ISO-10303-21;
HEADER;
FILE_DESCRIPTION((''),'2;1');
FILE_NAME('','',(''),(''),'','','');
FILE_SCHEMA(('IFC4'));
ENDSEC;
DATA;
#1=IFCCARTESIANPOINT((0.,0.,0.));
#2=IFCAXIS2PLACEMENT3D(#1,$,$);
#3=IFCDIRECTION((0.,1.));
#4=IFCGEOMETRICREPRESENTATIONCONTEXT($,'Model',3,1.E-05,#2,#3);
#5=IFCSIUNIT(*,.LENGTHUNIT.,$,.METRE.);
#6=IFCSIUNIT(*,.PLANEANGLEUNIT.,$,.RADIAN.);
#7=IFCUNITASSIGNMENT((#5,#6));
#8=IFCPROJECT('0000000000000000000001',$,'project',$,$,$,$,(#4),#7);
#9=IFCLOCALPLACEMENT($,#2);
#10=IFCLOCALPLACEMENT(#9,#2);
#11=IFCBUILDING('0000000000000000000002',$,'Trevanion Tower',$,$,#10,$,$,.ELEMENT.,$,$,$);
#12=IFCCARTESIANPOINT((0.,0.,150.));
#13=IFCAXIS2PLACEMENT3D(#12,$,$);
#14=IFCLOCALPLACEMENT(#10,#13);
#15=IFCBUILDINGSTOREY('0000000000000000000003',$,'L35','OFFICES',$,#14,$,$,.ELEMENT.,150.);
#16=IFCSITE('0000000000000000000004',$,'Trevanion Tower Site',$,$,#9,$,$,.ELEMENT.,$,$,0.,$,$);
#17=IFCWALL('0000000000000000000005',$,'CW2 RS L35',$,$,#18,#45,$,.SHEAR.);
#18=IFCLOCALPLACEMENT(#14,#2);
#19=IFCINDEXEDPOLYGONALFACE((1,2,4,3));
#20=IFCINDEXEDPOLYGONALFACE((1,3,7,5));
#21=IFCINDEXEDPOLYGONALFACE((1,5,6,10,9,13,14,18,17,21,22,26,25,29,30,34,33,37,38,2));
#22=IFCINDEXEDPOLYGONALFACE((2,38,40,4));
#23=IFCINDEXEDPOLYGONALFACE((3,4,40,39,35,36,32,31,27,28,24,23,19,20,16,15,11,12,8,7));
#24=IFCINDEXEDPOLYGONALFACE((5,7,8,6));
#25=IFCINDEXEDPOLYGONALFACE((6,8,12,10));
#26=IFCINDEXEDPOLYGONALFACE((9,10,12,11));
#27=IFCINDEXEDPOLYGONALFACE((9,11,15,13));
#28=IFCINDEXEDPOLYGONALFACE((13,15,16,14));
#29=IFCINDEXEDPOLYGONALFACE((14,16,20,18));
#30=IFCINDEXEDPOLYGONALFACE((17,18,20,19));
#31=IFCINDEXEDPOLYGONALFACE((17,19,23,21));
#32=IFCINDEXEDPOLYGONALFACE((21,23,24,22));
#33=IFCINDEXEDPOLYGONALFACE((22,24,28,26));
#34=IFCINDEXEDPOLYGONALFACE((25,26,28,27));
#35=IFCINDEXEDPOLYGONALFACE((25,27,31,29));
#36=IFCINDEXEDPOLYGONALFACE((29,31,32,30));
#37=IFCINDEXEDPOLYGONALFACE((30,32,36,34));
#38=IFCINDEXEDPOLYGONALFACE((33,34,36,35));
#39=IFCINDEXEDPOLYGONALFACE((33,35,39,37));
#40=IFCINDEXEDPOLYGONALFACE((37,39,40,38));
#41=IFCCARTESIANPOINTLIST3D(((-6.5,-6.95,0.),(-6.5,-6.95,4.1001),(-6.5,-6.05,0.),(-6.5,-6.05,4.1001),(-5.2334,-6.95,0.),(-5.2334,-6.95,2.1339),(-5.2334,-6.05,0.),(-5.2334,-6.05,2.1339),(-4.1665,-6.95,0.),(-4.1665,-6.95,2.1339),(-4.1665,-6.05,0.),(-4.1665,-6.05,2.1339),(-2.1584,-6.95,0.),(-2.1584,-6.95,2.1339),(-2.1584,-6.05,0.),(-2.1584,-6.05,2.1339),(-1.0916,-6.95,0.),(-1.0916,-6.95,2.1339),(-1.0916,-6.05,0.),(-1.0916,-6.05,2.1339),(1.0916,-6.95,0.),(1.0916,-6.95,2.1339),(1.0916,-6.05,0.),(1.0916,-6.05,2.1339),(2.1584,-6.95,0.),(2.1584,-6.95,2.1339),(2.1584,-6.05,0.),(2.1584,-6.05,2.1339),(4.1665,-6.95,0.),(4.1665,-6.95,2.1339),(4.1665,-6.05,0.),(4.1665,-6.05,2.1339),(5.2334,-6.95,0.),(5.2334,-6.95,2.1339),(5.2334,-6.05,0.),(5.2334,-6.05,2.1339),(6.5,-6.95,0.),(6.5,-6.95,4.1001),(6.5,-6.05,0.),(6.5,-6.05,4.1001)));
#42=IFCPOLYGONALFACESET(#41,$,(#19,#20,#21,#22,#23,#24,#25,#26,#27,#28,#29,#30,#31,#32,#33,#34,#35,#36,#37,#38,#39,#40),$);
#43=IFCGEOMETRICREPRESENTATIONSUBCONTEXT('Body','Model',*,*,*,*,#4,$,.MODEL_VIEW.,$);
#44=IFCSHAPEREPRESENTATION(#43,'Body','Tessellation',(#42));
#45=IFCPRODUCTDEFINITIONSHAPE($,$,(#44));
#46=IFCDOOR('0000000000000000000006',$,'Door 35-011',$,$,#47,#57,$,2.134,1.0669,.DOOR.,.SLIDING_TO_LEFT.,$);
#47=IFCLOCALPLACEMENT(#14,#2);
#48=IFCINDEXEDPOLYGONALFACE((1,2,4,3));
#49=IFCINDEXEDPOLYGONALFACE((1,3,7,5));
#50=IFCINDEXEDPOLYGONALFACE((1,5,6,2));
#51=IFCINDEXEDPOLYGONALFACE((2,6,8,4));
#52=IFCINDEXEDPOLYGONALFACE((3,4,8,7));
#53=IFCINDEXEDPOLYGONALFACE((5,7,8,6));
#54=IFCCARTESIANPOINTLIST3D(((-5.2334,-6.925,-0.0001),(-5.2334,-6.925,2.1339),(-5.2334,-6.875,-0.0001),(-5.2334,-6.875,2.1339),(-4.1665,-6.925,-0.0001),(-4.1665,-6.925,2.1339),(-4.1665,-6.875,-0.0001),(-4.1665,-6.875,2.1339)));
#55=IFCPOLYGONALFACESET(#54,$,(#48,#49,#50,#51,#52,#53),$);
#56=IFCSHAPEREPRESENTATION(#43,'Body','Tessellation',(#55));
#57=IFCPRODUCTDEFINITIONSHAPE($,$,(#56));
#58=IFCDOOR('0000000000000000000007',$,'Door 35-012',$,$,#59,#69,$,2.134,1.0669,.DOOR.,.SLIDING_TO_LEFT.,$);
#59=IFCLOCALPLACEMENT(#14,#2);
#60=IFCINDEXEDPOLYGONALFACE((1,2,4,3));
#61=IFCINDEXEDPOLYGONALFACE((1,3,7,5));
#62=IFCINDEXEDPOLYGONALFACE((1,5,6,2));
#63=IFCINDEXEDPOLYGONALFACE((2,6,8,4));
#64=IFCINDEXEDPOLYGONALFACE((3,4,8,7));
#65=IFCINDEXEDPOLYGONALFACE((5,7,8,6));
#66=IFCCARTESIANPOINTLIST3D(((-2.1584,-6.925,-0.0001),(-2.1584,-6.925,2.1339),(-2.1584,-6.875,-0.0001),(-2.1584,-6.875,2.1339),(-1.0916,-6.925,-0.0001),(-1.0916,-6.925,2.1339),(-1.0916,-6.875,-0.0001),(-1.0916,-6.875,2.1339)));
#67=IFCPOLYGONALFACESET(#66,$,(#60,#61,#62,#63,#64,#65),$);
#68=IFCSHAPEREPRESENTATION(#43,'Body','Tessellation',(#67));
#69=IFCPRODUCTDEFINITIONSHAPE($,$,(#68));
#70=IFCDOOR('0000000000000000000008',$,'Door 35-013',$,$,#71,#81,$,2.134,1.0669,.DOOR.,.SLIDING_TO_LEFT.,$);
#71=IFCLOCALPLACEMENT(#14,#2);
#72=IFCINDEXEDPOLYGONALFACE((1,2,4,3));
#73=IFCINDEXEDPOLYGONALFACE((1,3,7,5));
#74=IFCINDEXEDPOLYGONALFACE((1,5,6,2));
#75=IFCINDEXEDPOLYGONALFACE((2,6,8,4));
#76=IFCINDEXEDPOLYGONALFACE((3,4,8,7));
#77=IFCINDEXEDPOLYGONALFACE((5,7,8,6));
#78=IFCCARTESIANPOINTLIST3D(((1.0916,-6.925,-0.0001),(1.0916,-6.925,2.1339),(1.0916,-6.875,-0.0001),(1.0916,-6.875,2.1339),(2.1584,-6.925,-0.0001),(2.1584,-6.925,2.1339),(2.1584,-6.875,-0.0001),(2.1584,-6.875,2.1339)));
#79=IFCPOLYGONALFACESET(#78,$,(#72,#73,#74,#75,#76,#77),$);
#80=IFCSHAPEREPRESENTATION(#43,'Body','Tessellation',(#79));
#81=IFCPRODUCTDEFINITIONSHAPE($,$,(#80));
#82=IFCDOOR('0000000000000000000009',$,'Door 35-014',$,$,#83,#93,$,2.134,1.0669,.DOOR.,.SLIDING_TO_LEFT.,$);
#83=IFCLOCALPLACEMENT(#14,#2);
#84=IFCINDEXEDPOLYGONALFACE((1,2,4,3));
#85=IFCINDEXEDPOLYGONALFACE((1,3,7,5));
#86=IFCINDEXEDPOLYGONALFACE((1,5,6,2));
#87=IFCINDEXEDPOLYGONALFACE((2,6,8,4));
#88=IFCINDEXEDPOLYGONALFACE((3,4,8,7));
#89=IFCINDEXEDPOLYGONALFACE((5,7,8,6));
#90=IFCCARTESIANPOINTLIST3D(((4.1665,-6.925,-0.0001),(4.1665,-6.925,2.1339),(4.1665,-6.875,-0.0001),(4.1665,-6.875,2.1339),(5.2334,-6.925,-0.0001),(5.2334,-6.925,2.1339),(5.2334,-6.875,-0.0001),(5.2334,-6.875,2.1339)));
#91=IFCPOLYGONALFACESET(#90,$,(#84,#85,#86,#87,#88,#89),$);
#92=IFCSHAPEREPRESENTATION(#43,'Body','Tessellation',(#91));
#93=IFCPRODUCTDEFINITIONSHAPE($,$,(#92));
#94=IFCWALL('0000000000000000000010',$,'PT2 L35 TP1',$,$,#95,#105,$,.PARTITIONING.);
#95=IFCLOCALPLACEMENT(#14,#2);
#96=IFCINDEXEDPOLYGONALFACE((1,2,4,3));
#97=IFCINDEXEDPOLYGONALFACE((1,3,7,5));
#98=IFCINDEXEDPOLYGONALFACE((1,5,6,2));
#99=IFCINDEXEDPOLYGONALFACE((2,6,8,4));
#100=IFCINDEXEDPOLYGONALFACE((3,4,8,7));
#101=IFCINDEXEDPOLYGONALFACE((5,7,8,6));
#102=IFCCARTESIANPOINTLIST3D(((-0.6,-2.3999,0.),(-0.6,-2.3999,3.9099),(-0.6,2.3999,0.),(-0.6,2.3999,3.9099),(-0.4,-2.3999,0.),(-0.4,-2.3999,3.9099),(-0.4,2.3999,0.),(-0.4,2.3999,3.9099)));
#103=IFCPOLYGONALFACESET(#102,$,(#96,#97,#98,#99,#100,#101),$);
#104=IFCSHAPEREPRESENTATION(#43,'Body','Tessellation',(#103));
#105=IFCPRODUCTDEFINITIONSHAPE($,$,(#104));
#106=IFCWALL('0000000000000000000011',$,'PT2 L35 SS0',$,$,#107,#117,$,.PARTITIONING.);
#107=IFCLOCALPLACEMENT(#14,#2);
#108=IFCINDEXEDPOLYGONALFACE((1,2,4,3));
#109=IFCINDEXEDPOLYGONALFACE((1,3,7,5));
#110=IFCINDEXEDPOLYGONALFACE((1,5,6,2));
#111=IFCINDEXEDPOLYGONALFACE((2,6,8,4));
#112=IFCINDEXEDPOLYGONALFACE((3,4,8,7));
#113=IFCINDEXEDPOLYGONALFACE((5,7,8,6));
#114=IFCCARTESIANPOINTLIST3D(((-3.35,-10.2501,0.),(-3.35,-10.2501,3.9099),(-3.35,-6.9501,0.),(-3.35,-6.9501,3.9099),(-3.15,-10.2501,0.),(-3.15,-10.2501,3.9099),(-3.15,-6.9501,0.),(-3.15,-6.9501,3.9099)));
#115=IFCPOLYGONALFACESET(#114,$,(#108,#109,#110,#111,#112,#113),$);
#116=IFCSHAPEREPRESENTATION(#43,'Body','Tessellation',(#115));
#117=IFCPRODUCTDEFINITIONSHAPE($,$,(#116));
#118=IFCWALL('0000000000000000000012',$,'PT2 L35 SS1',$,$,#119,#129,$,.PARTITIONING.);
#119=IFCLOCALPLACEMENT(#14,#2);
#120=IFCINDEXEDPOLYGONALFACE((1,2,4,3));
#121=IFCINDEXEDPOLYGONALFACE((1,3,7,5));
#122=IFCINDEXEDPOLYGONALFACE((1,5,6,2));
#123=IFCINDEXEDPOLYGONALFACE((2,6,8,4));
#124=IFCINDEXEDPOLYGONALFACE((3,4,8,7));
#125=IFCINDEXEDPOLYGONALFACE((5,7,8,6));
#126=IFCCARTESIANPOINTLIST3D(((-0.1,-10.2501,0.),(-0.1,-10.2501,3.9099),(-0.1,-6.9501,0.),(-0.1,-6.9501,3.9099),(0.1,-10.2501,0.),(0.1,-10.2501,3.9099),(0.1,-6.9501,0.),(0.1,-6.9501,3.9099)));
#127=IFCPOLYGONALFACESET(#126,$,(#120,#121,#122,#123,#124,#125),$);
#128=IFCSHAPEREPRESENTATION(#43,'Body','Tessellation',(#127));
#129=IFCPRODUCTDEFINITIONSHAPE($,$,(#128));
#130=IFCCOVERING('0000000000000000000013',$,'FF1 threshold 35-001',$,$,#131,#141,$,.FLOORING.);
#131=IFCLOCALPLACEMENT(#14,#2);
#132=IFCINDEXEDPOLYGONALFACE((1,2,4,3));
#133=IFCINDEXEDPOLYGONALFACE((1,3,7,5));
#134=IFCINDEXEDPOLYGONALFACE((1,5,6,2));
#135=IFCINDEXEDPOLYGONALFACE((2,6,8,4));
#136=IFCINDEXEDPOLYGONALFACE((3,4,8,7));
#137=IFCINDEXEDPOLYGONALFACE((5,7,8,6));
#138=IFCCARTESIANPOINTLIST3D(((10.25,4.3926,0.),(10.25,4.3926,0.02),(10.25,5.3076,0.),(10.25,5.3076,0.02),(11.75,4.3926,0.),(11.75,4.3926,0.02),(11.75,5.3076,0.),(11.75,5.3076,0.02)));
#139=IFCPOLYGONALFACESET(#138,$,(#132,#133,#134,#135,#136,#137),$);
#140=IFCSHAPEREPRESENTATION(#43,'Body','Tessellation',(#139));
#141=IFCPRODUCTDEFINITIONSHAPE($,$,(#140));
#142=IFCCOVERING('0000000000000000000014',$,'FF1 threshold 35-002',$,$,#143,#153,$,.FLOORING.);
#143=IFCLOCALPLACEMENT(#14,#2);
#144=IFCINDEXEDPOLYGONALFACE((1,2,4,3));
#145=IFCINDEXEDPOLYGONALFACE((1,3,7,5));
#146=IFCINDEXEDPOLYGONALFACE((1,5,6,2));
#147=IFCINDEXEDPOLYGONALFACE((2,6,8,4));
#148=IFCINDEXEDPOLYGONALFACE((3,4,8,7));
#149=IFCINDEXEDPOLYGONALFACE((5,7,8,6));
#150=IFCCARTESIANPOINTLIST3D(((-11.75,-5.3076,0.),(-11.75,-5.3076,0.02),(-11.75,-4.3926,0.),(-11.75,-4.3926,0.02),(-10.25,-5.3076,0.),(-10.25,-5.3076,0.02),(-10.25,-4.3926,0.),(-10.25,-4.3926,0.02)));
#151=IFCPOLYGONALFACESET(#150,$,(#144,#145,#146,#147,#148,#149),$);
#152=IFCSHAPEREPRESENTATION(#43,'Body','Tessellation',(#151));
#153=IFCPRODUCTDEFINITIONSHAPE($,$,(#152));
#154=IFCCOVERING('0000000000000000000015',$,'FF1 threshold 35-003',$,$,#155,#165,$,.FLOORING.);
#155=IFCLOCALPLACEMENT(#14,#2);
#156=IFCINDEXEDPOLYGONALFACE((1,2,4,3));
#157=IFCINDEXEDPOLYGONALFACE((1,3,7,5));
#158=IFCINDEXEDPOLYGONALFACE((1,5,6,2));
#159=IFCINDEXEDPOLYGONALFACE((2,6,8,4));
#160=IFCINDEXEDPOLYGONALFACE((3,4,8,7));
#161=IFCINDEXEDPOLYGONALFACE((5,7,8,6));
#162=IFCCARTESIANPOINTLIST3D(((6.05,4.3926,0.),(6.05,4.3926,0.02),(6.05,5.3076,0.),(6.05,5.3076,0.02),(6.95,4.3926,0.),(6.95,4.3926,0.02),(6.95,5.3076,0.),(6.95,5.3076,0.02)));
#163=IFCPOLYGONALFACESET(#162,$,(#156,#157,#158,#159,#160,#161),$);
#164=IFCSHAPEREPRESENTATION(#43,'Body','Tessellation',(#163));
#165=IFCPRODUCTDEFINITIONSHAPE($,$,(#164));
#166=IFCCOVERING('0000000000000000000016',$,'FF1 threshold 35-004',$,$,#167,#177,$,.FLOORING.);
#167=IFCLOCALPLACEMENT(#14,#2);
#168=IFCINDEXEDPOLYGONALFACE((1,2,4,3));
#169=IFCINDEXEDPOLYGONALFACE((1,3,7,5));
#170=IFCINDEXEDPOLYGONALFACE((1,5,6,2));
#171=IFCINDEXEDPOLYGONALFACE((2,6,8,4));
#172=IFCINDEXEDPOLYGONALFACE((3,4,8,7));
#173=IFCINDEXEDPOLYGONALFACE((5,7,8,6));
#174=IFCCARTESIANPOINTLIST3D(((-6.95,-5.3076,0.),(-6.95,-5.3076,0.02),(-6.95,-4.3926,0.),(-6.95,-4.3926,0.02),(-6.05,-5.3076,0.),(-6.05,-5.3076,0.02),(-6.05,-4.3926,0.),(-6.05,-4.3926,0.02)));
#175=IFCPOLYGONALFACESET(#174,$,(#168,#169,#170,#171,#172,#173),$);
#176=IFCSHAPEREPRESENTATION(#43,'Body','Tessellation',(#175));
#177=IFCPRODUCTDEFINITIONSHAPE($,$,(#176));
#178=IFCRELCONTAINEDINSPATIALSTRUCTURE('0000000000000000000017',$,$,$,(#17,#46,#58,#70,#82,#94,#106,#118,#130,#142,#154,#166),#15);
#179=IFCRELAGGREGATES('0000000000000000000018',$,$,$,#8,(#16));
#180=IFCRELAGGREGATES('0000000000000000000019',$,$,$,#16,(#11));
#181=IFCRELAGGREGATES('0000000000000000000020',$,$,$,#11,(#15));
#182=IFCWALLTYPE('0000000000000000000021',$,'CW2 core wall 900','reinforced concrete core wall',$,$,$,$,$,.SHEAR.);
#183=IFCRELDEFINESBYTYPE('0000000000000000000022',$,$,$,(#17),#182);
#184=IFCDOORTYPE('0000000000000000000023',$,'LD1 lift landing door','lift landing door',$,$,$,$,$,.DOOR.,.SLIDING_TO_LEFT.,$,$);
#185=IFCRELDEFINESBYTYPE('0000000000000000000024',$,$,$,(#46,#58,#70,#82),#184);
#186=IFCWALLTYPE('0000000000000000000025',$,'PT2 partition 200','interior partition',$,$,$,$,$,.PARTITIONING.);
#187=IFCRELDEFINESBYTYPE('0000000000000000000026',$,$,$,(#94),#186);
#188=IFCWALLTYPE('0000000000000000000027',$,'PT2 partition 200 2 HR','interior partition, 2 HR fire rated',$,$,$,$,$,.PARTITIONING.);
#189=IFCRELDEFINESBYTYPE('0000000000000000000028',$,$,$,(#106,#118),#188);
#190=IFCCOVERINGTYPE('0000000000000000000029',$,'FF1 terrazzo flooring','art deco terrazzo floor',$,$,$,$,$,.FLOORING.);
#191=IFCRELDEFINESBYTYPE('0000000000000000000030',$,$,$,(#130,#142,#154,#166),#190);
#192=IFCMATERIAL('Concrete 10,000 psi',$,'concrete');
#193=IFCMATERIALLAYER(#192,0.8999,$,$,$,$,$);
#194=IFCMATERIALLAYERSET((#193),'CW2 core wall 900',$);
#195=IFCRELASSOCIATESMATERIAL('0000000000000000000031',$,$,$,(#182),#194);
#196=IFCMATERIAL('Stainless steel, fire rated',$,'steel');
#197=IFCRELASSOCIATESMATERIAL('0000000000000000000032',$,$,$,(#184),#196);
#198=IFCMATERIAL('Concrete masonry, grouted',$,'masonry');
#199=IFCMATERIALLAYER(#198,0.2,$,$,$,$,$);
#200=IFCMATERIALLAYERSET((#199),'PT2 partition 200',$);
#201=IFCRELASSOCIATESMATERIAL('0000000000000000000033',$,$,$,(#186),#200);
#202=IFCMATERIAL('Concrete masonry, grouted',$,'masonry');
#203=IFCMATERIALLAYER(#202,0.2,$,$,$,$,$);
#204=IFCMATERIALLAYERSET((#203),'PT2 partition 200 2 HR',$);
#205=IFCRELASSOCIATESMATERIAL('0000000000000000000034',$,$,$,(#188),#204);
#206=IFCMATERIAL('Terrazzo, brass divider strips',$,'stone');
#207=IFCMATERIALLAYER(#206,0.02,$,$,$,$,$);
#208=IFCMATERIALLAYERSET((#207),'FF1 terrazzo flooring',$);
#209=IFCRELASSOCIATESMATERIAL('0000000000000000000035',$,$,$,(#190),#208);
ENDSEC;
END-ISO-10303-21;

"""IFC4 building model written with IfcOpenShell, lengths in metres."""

from ifc_helpers import new_model, si_unit, direction, frame, frame_2d, origin, place, context, subcontext, project, spatial, polyline, rectangle, outline, extrude, material, layer, layer_set, type_object, element, fill, save


model = new_model("IFC4")

# Units and contexts
model_context = context("Model", 3, precision=1e-05, world=origin(), true_north=direction((0.0, 1.0)))
body_context = subcontext(model_context, "Body", "Model", "MODEL_VIEW")
ifc_project = project(units=[si_unit("LENGTHUNIT", "METRE"), si_unit("PLANEANGLEUNIT", "RADIAN")], contexts=[model_context])

# Site, building, storey
site_placement = place(None, origin())
site = spatial("IfcSite", under=ifc_project, at=site_placement, Name="Trevanion Tower Site", CompositionType="ELEMENT", RefElevation=0.0)
building_placement = place(site_placement, origin())
building = spatial("IfcBuilding", under=site, at=building_placement, Name="Trevanion Tower", CompositionType="ELEMENT")
storey_placement = place(building_placement, frame((0.0, 0.0, 150.0)))
storey = spatial("IfcBuildingStorey", under=building, at=storey_placement, Name="L35", Description="OFFICES", CompositionType="ELEMENT", Elevation=150.0)

# Wall, openings, doors
ifc_material_1 = material(Name="Concrete 10,000 psi", Category="concrete")
ifc_layer_1 = layer(ifc_material_1, 0.8999)
ifc_layer_set_1 = layer_set([ifc_layer_1], Name="CW2 core wall 900")
wall_type_1 = type_object("IfcWallType", Name="CW2 core wall 900", Description="reinforced concrete core wall", PredefinedType="SHEAR", material=ifc_layer_set_1)
wall_1_placement = place(storey_placement, frame((-6.5, -6.5, 0.0), z_axis=(0.0, 0.0, 1.0), x_axis=(1.0, 0.0, 0.0)))
wall_1 = element("IfcWall", 1, at=wall_1_placement, inside=storey, type_object=wall_type_1, Name="CW2 RS L35", PredefinedType="SHEAR", context=body_context, shape_type="SweptSolid", body=[
    extrude(rectangle(XDim=13.0, YDim=0.8999, at=frame_2d((6.5, 0.0))), origin(), (0.0, 0.0, 1.0), 4.1001),
])
opening_1_placement = place(wall_1_placement, frame((1.2666, 0.0, 0.0)))
opening_1 = element("IfcOpeningElement", 2, at=opening_1_placement, cuts=wall_1, PredefinedType="OPENING", context=body_context, shape_type="SweptSolid", body=[
    extrude(rectangle(XDim=1.0669, YDim=2.134, at=frame_2d((0.5334, 1.0669))), frame((0.0, 0.46, 0.0), z_axis=(0.0, -1.0, 0.0), x_axis=(1.0, 0.0, 0.0)), (0.0, 0.0, 1.0), 0.9199),
])
opening_2_placement = place(wall_1_placement, frame((4.3416, 0.0, 0.0)))
opening_2 = element("IfcOpeningElement", 3, at=opening_2_placement, cuts=wall_1, PredefinedType="OPENING", context=body_context, shape_type="SweptSolid", body=[
    extrude(rectangle(XDim=1.0669, YDim=2.134, at=frame_2d((0.5334, 1.0669))), frame((0.0, 0.46, 0.0), z_axis=(0.0, -1.0, 0.0), x_axis=(1.0, 0.0, 0.0)), (0.0, 0.0, 1.0), 0.9199),
])
opening_3_placement = place(wall_1_placement, frame((7.5916, 0.0, 0.0)))
opening_3 = element("IfcOpeningElement", 4, at=opening_3_placement, cuts=wall_1, PredefinedType="OPENING", context=body_context, shape_type="SweptSolid", body=[
    extrude(rectangle(XDim=1.0669, YDim=2.134, at=frame_2d((0.5334, 1.0669))), frame((0.0, 0.46, 0.0), z_axis=(0.0, -1.0, 0.0), x_axis=(1.0, 0.0, 0.0)), (0.0, 0.0, 1.0), 0.9199),
])
opening_4_placement = place(wall_1_placement, frame((10.6665, 0.0, 0.0)))
opening_4 = element("IfcOpeningElement", 5, at=opening_4_placement, cuts=wall_1, PredefinedType="OPENING", context=body_context, shape_type="SweptSolid", body=[
    extrude(rectangle(XDim=1.0669, YDim=2.134, at=frame_2d((0.5334, 1.0669))), frame((0.0, 0.46, 0.0), z_axis=(0.0, -1.0, 0.0), x_axis=(1.0, 0.0, 0.0)), (0.0, 0.0, 1.0), 0.9199),
])
ifc_material_2 = material(Name="Stainless steel, fire rated", Category="steel")
door_type = type_object("IfcDoorType", Name="LD1 lift landing door", Description="lift landing door", OperationType="SLIDING_TO_LEFT", PredefinedType="DOOR", material=ifc_material_2)
door_1_placement = place(opening_1_placement, origin())
door_1 = element("IfcDoor", 6, at=door_1_placement, inside=storey, type_object=door_type, Name="Door 35-011", OperationType="SLIDING_TO_LEFT", OverallHeight=2.134, OverallWidth=1.0669, PredefinedType="DOOR", context=body_context, shape_type="SweptSolid", body=[
    extrude(rectangle(XDim=1.0669, YDim=2.134, at=frame_2d((0.5334, 1.0669))), frame((0.0, -0.375, 0.0), z_axis=(0.0, -1.0, 0.0), x_axis=(1.0, 0.0, 0.0)), (0.0, 0.0, 1.0), 0.05),
])
fill(opening_1, door_1)
door_2_placement = place(opening_2_placement, origin())
door_2 = element("IfcDoor", 7, at=door_2_placement, inside=storey, type_object=door_type, Name="Door 35-012", OperationType="SLIDING_TO_LEFT", OverallHeight=2.134, OverallWidth=1.0669, PredefinedType="DOOR", context=body_context, shape_type="SweptSolid", body=[
    extrude(rectangle(XDim=1.0669, YDim=2.134, at=frame_2d((0.5334, 1.0669))), frame((0.0, -0.375, 0.0), z_axis=(0.0, -1.0, 0.0), x_axis=(1.0, 0.0, 0.0)), (0.0, 0.0, 1.0), 0.05),
])
fill(opening_2, door_2)
door_3_placement = place(opening_3_placement, origin())
door_3 = element("IfcDoor", 8, at=door_3_placement, inside=storey, type_object=door_type, Name="Door 35-013", OperationType="SLIDING_TO_LEFT", OverallHeight=2.134, OverallWidth=1.0669, PredefinedType="DOOR", context=body_context, shape_type="SweptSolid", body=[
    extrude(rectangle(XDim=1.0669, YDim=2.134, at=frame_2d((0.5334, 1.0669))), frame((0.0, -0.375, 0.0), z_axis=(0.0, -1.0, 0.0), x_axis=(1.0, 0.0, 0.0)), (0.0, 0.0, 1.0), 0.05),
])
fill(opening_3, door_3)
door_4_placement = place(opening_4_placement, origin())
door_4 = element("IfcDoor", 9, at=door_4_placement, inside=storey, type_object=door_type, Name="Door 35-014", OperationType="SLIDING_TO_LEFT", OverallHeight=2.134, OverallWidth=1.0669, PredefinedType="DOOR", context=body_context, shape_type="SweptSolid", body=[
    extrude(rectangle(XDim=1.0669, YDim=2.134, at=frame_2d((0.5334, 1.0669))), frame((0.0, -0.375, 0.0), z_axis=(0.0, -1.0, 0.0), x_axis=(1.0, 0.0, 0.0)), (0.0, 0.0, 1.0), 0.05),
])
fill(opening_4, door_4)

# Walls
ifc_material_3 = material(Name="Concrete masonry, grouted", Category="masonry")
ifc_layer_2 = layer(ifc_material_3, 0.2)
ifc_layer_set_2 = layer_set([ifc_layer_2], Name="PT2 partition 200")
wall_type_2 = type_object("IfcWallType", Name="PT2 partition 200", Description="interior partition", PredefinedType="PARTITIONING", material=ifc_layer_set_2)
wall_2_placement = place(storey_placement, frame((-0.5, -2.3999, 0.0), z_axis=(0.0, 0.0, 1.0), x_axis=(0.0, 1.0, 0.0)))
element("IfcWall", 10, at=wall_2_placement, inside=storey, type_object=wall_type_2, Name="PT2 L35 TP1", PredefinedType="PARTITIONING", context=body_context, shape_type="SweptSolid", body=[
    extrude(rectangle(XDim=4.7998, YDim=0.2, at=frame_2d((2.3999, 0.0))), origin(), (0.0, 0.0, 1.0), 3.9099),
])
ifc_material_4 = material(Name="Concrete masonry, grouted", Category="masonry")
ifc_layer_3 = layer(ifc_material_4, 0.2)
ifc_layer_set_3 = layer_set([ifc_layer_3], Name="PT2 partition 200 2 HR")
wall_type_3 = type_object("IfcWallType", Name="PT2 partition 200 2 HR", Description="interior partition, 2 HR fire rated", PredefinedType="PARTITIONING", material=ifc_layer_set_3)
for number, where, z_axis, x_axis, name in (
    (11, (-3.25, -10.25, 0.0), (0.0, 0.0, 1.0), (0.0, 1.0, 0.0), "PT2 L35 SS0"),
    (12, (0.0, -10.25, 0.0), (0.0, 0.0, 1.0), (0.0, 1.0, 0.0), "PT2 L35 SS1"),
):
    element("IfcWall", number, at=place(storey_placement, frame(where, z_axis=z_axis, x_axis=x_axis)), inside=storey, type_object=wall_type_3, Name=name, PredefinedType="PARTITIONING", context=body_context, shape_type="SweptSolid", body=[
        extrude(rectangle(XDim=3.3, YDim=0.2, at=frame_2d((1.6499, 0.0))), origin(), (0.0, 0.0, 1.0), 3.9099),
    ])

# Coverings
ifc_material_5 = material(Name="Terrazzo, brass divider strips", Category="stone")
ifc_layer_4 = layer(ifc_material_5, 0.02)
ifc_layer_set_4 = layer_set([ifc_layer_4], Name="FF1 terrazzo flooring")
covering_type = type_object("IfcCoveringType", Name="FF1 terrazzo flooring", Description="art deco terrazzo floor", PredefinedType="FLOORING", material=ifc_layer_set_4)
covering_1_placement = place(storey_placement, origin())
element("IfcCovering", 13, at=covering_1_placement, inside=storey, type_object=covering_type, Name="FF1 threshold 35-001", PredefinedType="FLOORING", context=body_context, shape_type="SweptSolid", body=[
    extrude(outline(polyline([(11.75, 4.3926), (11.75, 5.3076), (10.25, 5.3076), (10.25, 4.3926), (11.75, 4.3926)])), origin(), (0.0, 0.0, 1.0), 0.02),
])
covering_2_placement = place(storey_placement, origin())
element("IfcCovering", 14, at=covering_2_placement, inside=storey, type_object=covering_type, Name="FF1 threshold 35-002", PredefinedType="FLOORING", context=body_context, shape_type="SweptSolid", body=[
    extrude(outline(polyline([(-11.75, -4.3926), (-11.75, -5.3076), (-10.25, -5.3076), (-10.25, -4.3926), (-11.75, -4.3926)])), origin(), (0.0, 0.0, 1.0), 0.02),
])
covering_3_placement = place(storey_placement, origin())
element("IfcCovering", 15, at=covering_3_placement, inside=storey, type_object=covering_type, Name="FF1 threshold 35-003", PredefinedType="FLOORING", context=body_context, shape_type="SweptSolid", body=[
    extrude(outline(polyline([(6.95, 4.3926), (6.95, 5.3076), (6.05, 5.3076), (6.05, 4.3926), (6.95, 4.3926)])), origin(), (0.0, 0.0, 1.0), 0.02),
])
covering_4_placement = place(storey_placement, origin())
element("IfcCovering", 16, at=covering_4_placement, inside=storey, type_object=covering_type, Name="FF1 threshold 35-004", PredefinedType="FLOORING", context=body_context, shape_type="SweptSolid", body=[
    extrude(outline(polyline([(-6.95, -4.3926), (-6.95, -5.3076), (-6.05, -5.3076), (-6.05, -4.3926), (-6.95, -4.3926)])), origin(), (0.0, 0.0, 1.0), 0.02),
])

save(model, "model.ifc")
